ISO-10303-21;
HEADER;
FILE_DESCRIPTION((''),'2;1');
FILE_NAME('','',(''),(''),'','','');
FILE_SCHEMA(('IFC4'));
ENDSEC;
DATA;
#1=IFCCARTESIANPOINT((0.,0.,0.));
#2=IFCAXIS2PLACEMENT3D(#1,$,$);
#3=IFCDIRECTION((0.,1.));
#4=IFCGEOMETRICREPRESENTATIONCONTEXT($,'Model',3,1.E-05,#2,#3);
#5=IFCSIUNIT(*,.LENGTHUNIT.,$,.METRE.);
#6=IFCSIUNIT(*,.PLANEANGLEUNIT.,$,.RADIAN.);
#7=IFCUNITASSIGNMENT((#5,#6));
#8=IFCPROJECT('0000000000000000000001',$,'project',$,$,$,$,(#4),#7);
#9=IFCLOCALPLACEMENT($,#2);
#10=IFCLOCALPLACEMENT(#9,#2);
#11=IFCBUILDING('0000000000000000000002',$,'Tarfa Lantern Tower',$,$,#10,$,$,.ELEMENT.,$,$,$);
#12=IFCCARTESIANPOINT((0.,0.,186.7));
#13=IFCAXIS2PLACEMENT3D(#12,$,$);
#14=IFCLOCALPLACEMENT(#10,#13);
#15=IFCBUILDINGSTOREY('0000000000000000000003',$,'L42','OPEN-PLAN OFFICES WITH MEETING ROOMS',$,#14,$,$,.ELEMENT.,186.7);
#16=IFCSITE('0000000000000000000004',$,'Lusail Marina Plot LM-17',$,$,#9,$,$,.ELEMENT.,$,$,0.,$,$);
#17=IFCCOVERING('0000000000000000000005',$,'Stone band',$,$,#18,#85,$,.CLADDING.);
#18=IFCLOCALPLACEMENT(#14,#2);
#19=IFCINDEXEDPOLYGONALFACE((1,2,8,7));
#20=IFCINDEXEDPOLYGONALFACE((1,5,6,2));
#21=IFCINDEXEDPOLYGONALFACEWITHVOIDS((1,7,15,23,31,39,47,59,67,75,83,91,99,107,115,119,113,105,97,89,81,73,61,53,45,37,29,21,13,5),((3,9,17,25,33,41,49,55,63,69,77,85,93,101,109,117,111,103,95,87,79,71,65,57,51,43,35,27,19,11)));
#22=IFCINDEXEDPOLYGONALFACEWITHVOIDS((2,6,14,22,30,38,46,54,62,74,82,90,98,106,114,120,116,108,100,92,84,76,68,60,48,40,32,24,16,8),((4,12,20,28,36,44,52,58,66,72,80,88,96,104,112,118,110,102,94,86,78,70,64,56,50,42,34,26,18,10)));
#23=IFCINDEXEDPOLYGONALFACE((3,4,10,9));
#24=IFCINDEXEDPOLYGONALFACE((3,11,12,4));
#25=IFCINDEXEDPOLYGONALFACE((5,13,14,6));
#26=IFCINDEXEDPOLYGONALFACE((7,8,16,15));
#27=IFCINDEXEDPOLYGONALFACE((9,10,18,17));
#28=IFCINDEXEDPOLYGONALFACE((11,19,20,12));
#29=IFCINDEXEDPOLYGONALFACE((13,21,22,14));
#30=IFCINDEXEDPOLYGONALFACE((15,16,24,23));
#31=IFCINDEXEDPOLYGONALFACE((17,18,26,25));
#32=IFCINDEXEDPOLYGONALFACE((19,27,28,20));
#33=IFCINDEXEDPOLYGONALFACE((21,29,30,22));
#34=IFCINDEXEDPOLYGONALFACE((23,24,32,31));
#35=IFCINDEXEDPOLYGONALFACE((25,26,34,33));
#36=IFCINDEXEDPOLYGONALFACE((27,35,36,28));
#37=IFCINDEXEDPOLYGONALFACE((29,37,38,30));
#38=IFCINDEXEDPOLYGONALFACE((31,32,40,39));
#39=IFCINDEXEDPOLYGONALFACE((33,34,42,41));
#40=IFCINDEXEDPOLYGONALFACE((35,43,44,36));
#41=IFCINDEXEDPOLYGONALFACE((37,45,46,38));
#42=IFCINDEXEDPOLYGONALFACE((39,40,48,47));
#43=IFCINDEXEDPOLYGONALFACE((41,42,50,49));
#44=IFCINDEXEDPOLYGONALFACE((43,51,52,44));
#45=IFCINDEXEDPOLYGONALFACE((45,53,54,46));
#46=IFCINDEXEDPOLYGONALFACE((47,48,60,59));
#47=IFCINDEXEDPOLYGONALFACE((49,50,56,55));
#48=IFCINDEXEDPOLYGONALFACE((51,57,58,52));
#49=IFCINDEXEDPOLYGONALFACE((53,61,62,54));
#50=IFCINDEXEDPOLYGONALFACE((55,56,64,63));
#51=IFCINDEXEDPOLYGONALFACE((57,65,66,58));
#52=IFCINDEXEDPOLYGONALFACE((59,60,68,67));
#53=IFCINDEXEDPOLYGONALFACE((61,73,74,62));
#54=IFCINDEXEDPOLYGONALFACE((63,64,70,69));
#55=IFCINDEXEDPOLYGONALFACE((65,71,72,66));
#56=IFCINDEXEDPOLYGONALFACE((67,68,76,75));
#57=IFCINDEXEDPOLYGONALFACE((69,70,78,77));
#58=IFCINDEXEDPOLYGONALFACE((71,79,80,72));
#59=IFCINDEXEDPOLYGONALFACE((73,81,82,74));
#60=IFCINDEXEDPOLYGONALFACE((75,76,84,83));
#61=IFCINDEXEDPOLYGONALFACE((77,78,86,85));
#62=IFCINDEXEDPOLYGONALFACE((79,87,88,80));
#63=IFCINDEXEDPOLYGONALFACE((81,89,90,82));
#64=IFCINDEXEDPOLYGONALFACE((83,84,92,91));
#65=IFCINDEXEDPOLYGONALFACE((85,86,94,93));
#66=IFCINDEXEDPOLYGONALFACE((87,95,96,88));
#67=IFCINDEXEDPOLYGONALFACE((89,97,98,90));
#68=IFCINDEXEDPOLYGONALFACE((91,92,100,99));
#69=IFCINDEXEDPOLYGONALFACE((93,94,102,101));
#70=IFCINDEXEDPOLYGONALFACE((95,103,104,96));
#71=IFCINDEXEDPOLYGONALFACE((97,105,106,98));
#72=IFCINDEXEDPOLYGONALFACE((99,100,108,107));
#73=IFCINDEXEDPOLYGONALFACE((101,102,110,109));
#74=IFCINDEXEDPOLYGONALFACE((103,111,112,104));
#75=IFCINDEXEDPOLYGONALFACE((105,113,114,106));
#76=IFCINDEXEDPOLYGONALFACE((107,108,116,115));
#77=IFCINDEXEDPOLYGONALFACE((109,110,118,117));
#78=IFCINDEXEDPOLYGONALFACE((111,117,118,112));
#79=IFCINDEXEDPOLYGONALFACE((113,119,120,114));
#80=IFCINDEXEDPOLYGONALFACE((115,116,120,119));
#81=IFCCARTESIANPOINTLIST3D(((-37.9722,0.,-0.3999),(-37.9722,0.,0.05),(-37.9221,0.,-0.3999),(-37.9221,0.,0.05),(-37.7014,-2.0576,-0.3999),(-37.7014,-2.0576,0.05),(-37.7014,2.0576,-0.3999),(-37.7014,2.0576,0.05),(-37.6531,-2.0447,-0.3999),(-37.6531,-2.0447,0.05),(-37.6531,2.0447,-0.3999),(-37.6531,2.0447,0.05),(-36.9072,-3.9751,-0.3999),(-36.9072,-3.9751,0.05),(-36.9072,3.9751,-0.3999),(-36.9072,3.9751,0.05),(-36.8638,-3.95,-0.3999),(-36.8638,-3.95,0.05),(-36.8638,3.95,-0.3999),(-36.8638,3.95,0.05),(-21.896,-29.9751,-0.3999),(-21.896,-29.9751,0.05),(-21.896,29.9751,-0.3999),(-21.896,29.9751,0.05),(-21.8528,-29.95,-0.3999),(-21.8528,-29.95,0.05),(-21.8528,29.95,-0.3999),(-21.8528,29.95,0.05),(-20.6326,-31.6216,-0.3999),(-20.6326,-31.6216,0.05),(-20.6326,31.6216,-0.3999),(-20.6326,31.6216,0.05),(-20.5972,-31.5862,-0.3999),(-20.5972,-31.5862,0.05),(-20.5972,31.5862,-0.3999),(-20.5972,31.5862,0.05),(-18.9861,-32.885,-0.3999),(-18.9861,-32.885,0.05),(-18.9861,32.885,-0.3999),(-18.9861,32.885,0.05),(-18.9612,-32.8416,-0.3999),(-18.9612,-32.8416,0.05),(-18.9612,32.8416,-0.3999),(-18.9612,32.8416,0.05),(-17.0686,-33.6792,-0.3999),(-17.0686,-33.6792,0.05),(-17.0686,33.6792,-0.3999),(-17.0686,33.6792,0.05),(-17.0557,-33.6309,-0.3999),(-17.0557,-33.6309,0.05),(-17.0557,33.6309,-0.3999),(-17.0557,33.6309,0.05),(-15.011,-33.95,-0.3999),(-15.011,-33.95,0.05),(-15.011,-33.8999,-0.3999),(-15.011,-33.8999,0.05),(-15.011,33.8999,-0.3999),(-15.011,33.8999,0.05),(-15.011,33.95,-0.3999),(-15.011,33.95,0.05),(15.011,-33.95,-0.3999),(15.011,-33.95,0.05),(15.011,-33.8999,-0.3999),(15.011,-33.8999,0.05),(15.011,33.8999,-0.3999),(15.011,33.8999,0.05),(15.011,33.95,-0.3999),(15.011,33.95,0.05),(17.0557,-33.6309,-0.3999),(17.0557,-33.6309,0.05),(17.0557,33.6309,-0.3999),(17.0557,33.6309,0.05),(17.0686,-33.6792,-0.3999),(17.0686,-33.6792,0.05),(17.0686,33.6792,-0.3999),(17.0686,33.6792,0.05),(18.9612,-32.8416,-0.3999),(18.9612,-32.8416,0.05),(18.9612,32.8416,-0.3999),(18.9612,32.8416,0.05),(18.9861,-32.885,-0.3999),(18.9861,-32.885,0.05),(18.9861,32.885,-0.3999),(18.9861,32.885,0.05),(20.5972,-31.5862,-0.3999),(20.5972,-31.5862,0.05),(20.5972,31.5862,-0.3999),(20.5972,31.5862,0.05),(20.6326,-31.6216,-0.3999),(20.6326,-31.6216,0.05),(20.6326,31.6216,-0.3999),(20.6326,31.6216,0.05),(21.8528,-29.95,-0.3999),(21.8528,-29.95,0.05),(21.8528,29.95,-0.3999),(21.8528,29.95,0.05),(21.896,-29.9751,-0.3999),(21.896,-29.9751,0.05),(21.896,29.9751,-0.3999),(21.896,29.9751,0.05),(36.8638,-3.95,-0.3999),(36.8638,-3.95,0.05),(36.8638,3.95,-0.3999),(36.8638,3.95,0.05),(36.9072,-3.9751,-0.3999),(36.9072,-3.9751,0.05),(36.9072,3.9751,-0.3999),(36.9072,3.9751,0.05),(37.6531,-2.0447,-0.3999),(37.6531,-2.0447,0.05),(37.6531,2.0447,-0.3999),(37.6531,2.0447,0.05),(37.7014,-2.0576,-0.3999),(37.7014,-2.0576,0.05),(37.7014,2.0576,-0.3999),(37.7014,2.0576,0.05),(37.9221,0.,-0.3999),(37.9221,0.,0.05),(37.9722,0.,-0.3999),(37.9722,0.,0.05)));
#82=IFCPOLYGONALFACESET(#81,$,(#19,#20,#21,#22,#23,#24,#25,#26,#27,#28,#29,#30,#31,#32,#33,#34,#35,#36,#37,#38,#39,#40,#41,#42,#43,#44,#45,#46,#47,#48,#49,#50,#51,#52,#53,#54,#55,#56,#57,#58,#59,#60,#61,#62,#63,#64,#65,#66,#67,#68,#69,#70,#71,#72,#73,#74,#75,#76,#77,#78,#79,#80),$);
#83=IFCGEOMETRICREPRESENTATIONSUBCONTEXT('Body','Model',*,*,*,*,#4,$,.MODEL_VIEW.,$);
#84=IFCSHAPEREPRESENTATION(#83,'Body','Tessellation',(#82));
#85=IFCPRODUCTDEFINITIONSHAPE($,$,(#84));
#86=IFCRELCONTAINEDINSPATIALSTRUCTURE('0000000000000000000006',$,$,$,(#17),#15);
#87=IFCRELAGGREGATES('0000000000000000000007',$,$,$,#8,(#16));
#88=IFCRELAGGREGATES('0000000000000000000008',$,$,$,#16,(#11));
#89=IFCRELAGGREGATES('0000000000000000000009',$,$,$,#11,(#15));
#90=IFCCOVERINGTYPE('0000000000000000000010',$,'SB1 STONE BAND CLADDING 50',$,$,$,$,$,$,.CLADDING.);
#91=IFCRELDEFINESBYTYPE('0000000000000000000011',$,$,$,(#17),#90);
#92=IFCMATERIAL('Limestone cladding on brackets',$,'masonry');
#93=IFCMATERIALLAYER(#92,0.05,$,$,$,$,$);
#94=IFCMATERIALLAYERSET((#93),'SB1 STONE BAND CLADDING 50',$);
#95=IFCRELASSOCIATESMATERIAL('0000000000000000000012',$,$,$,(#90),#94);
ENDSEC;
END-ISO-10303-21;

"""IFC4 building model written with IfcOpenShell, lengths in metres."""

from ifc_helpers import new_model, si_unit, direction, frame, origin, place, context, subcontext, project, spatial, polyline, outline, extrude, material, layer, layer_set, type_object, element, save


model = new_model("IFC4")

# Units and contexts
model_context = context("Model", 3, precision=1e-05, world=origin(), true_north=direction((0.0, 1.0)))
body_context = subcontext(model_context, "Body", "Model", "MODEL_VIEW")
ifc_project = project(units=[si_unit("LENGTHUNIT", "METRE"), si_unit("PLANEANGLEUNIT", "RADIAN")], contexts=[model_context])

# Site, building, storey
site_placement = place(None, origin())
site = spatial("IfcSite", under=ifc_project, at=site_placement, Name="Lusail Marina Plot LM-17", CompositionType="ELEMENT", RefElevation=0.0)
building_placement = place(site_placement, origin())
building = spatial("IfcBuilding", under=site, at=building_placement, Name="Tarfa Lantern Tower", CompositionType="ELEMENT")
storey_placement = place(building_placement, frame((0.0, 0.0, 186.7)))
storey = spatial("IfcBuildingStorey", under=building, at=storey_placement, Name="L42", Description="OPEN-PLAN OFFICES WITH MEETING ROOMS", CompositionType="ELEMENT", Elevation=186.7)

# Covering
ifc_material_1 = material(Name="Limestone cladding on brackets", Category="masonry")
ifc_layer_1 = layer(ifc_material_1, 0.05)
ifc_layer_set_1 = layer_set([ifc_layer_1], Name="SB1 STONE BAND CLADDING 50")
covering_type_1 = type_object("IfcCoveringType", Name="SB1 STONE BAND CLADDING 50", PredefinedType="CLADDING", material=ifc_layer_set_1)
covering_1_placement = place(storey_placement, frame((0.0, 0.0, -0.3999)))
element("IfcCovering", 1, at=covering_1_placement, inside=storey, type_object=covering_type_1, Name="Stone band", PredefinedType="CLADDING", context=body_context, shape_type="SweptSolid", body=[
    extrude(outline(polyline([(36.9072, 3.9751), (21.896, 29.9751), (20.6326, 31.6216), (18.9861, 32.885), (17.0686, 33.6792), (15.011, 33.95), (-15.011, 33.95), (-17.0686, 33.6792), (-18.9861, 32.885), (-20.6326, 31.6216), (-21.896, 29.9751), (-36.9072, 3.9751), (-37.7014, 2.0576), (-37.9722, 0.0), (-37.7014, -2.0576), (-36.9072, -3.9751), (-21.896, -29.9751), (-20.6326, -31.6216), (-18.9861, -32.885), (-17.0686, -33.6792), (-15.011, -33.95), (15.011, -33.95), (17.0686, -33.6792), (18.9861, -32.885), (20.6326, -31.6216), (21.896, -29.9751), (36.9072, -3.9751), (37.7014, -2.0576), (37.9722, 0.0), (37.7014, 2.0576), (36.9072, 3.9751)]), holes=[polyline([(36.8638, 3.95), (21.8528, 29.95), (20.5972, 31.5862), (18.9612, 32.8416), (17.0557, 33.6309), (15.011, 33.8999), (-15.011, 33.8999), (-17.0557, 33.6309), (-18.9612, 32.8416), (-20.5972, 31.5862), (-21.8528, 29.95), (-36.8638, 3.95), (-37.6531, 2.0447), (-37.9221, 0.0), (-37.6531, -2.0447), (-36.8638, -3.95), (-21.8528, -29.95), (-20.5972, -31.5862), (-18.9612, -32.8416), (-17.0557, -33.6309), (-15.011, -33.8999), (15.011, -33.8999), (17.0557, -33.6309), (18.9612, -32.8416), (20.5972, -31.5862), (21.8528, -29.95), (36.8638, -3.95), (37.6531, -2.0447), (37.9221, 0.0), (37.6531, 2.0447), (36.8638, 3.95)])]), origin(), (0.0, 0.0, 1.0), 0.45),
])

save(model, "model.ifc")
